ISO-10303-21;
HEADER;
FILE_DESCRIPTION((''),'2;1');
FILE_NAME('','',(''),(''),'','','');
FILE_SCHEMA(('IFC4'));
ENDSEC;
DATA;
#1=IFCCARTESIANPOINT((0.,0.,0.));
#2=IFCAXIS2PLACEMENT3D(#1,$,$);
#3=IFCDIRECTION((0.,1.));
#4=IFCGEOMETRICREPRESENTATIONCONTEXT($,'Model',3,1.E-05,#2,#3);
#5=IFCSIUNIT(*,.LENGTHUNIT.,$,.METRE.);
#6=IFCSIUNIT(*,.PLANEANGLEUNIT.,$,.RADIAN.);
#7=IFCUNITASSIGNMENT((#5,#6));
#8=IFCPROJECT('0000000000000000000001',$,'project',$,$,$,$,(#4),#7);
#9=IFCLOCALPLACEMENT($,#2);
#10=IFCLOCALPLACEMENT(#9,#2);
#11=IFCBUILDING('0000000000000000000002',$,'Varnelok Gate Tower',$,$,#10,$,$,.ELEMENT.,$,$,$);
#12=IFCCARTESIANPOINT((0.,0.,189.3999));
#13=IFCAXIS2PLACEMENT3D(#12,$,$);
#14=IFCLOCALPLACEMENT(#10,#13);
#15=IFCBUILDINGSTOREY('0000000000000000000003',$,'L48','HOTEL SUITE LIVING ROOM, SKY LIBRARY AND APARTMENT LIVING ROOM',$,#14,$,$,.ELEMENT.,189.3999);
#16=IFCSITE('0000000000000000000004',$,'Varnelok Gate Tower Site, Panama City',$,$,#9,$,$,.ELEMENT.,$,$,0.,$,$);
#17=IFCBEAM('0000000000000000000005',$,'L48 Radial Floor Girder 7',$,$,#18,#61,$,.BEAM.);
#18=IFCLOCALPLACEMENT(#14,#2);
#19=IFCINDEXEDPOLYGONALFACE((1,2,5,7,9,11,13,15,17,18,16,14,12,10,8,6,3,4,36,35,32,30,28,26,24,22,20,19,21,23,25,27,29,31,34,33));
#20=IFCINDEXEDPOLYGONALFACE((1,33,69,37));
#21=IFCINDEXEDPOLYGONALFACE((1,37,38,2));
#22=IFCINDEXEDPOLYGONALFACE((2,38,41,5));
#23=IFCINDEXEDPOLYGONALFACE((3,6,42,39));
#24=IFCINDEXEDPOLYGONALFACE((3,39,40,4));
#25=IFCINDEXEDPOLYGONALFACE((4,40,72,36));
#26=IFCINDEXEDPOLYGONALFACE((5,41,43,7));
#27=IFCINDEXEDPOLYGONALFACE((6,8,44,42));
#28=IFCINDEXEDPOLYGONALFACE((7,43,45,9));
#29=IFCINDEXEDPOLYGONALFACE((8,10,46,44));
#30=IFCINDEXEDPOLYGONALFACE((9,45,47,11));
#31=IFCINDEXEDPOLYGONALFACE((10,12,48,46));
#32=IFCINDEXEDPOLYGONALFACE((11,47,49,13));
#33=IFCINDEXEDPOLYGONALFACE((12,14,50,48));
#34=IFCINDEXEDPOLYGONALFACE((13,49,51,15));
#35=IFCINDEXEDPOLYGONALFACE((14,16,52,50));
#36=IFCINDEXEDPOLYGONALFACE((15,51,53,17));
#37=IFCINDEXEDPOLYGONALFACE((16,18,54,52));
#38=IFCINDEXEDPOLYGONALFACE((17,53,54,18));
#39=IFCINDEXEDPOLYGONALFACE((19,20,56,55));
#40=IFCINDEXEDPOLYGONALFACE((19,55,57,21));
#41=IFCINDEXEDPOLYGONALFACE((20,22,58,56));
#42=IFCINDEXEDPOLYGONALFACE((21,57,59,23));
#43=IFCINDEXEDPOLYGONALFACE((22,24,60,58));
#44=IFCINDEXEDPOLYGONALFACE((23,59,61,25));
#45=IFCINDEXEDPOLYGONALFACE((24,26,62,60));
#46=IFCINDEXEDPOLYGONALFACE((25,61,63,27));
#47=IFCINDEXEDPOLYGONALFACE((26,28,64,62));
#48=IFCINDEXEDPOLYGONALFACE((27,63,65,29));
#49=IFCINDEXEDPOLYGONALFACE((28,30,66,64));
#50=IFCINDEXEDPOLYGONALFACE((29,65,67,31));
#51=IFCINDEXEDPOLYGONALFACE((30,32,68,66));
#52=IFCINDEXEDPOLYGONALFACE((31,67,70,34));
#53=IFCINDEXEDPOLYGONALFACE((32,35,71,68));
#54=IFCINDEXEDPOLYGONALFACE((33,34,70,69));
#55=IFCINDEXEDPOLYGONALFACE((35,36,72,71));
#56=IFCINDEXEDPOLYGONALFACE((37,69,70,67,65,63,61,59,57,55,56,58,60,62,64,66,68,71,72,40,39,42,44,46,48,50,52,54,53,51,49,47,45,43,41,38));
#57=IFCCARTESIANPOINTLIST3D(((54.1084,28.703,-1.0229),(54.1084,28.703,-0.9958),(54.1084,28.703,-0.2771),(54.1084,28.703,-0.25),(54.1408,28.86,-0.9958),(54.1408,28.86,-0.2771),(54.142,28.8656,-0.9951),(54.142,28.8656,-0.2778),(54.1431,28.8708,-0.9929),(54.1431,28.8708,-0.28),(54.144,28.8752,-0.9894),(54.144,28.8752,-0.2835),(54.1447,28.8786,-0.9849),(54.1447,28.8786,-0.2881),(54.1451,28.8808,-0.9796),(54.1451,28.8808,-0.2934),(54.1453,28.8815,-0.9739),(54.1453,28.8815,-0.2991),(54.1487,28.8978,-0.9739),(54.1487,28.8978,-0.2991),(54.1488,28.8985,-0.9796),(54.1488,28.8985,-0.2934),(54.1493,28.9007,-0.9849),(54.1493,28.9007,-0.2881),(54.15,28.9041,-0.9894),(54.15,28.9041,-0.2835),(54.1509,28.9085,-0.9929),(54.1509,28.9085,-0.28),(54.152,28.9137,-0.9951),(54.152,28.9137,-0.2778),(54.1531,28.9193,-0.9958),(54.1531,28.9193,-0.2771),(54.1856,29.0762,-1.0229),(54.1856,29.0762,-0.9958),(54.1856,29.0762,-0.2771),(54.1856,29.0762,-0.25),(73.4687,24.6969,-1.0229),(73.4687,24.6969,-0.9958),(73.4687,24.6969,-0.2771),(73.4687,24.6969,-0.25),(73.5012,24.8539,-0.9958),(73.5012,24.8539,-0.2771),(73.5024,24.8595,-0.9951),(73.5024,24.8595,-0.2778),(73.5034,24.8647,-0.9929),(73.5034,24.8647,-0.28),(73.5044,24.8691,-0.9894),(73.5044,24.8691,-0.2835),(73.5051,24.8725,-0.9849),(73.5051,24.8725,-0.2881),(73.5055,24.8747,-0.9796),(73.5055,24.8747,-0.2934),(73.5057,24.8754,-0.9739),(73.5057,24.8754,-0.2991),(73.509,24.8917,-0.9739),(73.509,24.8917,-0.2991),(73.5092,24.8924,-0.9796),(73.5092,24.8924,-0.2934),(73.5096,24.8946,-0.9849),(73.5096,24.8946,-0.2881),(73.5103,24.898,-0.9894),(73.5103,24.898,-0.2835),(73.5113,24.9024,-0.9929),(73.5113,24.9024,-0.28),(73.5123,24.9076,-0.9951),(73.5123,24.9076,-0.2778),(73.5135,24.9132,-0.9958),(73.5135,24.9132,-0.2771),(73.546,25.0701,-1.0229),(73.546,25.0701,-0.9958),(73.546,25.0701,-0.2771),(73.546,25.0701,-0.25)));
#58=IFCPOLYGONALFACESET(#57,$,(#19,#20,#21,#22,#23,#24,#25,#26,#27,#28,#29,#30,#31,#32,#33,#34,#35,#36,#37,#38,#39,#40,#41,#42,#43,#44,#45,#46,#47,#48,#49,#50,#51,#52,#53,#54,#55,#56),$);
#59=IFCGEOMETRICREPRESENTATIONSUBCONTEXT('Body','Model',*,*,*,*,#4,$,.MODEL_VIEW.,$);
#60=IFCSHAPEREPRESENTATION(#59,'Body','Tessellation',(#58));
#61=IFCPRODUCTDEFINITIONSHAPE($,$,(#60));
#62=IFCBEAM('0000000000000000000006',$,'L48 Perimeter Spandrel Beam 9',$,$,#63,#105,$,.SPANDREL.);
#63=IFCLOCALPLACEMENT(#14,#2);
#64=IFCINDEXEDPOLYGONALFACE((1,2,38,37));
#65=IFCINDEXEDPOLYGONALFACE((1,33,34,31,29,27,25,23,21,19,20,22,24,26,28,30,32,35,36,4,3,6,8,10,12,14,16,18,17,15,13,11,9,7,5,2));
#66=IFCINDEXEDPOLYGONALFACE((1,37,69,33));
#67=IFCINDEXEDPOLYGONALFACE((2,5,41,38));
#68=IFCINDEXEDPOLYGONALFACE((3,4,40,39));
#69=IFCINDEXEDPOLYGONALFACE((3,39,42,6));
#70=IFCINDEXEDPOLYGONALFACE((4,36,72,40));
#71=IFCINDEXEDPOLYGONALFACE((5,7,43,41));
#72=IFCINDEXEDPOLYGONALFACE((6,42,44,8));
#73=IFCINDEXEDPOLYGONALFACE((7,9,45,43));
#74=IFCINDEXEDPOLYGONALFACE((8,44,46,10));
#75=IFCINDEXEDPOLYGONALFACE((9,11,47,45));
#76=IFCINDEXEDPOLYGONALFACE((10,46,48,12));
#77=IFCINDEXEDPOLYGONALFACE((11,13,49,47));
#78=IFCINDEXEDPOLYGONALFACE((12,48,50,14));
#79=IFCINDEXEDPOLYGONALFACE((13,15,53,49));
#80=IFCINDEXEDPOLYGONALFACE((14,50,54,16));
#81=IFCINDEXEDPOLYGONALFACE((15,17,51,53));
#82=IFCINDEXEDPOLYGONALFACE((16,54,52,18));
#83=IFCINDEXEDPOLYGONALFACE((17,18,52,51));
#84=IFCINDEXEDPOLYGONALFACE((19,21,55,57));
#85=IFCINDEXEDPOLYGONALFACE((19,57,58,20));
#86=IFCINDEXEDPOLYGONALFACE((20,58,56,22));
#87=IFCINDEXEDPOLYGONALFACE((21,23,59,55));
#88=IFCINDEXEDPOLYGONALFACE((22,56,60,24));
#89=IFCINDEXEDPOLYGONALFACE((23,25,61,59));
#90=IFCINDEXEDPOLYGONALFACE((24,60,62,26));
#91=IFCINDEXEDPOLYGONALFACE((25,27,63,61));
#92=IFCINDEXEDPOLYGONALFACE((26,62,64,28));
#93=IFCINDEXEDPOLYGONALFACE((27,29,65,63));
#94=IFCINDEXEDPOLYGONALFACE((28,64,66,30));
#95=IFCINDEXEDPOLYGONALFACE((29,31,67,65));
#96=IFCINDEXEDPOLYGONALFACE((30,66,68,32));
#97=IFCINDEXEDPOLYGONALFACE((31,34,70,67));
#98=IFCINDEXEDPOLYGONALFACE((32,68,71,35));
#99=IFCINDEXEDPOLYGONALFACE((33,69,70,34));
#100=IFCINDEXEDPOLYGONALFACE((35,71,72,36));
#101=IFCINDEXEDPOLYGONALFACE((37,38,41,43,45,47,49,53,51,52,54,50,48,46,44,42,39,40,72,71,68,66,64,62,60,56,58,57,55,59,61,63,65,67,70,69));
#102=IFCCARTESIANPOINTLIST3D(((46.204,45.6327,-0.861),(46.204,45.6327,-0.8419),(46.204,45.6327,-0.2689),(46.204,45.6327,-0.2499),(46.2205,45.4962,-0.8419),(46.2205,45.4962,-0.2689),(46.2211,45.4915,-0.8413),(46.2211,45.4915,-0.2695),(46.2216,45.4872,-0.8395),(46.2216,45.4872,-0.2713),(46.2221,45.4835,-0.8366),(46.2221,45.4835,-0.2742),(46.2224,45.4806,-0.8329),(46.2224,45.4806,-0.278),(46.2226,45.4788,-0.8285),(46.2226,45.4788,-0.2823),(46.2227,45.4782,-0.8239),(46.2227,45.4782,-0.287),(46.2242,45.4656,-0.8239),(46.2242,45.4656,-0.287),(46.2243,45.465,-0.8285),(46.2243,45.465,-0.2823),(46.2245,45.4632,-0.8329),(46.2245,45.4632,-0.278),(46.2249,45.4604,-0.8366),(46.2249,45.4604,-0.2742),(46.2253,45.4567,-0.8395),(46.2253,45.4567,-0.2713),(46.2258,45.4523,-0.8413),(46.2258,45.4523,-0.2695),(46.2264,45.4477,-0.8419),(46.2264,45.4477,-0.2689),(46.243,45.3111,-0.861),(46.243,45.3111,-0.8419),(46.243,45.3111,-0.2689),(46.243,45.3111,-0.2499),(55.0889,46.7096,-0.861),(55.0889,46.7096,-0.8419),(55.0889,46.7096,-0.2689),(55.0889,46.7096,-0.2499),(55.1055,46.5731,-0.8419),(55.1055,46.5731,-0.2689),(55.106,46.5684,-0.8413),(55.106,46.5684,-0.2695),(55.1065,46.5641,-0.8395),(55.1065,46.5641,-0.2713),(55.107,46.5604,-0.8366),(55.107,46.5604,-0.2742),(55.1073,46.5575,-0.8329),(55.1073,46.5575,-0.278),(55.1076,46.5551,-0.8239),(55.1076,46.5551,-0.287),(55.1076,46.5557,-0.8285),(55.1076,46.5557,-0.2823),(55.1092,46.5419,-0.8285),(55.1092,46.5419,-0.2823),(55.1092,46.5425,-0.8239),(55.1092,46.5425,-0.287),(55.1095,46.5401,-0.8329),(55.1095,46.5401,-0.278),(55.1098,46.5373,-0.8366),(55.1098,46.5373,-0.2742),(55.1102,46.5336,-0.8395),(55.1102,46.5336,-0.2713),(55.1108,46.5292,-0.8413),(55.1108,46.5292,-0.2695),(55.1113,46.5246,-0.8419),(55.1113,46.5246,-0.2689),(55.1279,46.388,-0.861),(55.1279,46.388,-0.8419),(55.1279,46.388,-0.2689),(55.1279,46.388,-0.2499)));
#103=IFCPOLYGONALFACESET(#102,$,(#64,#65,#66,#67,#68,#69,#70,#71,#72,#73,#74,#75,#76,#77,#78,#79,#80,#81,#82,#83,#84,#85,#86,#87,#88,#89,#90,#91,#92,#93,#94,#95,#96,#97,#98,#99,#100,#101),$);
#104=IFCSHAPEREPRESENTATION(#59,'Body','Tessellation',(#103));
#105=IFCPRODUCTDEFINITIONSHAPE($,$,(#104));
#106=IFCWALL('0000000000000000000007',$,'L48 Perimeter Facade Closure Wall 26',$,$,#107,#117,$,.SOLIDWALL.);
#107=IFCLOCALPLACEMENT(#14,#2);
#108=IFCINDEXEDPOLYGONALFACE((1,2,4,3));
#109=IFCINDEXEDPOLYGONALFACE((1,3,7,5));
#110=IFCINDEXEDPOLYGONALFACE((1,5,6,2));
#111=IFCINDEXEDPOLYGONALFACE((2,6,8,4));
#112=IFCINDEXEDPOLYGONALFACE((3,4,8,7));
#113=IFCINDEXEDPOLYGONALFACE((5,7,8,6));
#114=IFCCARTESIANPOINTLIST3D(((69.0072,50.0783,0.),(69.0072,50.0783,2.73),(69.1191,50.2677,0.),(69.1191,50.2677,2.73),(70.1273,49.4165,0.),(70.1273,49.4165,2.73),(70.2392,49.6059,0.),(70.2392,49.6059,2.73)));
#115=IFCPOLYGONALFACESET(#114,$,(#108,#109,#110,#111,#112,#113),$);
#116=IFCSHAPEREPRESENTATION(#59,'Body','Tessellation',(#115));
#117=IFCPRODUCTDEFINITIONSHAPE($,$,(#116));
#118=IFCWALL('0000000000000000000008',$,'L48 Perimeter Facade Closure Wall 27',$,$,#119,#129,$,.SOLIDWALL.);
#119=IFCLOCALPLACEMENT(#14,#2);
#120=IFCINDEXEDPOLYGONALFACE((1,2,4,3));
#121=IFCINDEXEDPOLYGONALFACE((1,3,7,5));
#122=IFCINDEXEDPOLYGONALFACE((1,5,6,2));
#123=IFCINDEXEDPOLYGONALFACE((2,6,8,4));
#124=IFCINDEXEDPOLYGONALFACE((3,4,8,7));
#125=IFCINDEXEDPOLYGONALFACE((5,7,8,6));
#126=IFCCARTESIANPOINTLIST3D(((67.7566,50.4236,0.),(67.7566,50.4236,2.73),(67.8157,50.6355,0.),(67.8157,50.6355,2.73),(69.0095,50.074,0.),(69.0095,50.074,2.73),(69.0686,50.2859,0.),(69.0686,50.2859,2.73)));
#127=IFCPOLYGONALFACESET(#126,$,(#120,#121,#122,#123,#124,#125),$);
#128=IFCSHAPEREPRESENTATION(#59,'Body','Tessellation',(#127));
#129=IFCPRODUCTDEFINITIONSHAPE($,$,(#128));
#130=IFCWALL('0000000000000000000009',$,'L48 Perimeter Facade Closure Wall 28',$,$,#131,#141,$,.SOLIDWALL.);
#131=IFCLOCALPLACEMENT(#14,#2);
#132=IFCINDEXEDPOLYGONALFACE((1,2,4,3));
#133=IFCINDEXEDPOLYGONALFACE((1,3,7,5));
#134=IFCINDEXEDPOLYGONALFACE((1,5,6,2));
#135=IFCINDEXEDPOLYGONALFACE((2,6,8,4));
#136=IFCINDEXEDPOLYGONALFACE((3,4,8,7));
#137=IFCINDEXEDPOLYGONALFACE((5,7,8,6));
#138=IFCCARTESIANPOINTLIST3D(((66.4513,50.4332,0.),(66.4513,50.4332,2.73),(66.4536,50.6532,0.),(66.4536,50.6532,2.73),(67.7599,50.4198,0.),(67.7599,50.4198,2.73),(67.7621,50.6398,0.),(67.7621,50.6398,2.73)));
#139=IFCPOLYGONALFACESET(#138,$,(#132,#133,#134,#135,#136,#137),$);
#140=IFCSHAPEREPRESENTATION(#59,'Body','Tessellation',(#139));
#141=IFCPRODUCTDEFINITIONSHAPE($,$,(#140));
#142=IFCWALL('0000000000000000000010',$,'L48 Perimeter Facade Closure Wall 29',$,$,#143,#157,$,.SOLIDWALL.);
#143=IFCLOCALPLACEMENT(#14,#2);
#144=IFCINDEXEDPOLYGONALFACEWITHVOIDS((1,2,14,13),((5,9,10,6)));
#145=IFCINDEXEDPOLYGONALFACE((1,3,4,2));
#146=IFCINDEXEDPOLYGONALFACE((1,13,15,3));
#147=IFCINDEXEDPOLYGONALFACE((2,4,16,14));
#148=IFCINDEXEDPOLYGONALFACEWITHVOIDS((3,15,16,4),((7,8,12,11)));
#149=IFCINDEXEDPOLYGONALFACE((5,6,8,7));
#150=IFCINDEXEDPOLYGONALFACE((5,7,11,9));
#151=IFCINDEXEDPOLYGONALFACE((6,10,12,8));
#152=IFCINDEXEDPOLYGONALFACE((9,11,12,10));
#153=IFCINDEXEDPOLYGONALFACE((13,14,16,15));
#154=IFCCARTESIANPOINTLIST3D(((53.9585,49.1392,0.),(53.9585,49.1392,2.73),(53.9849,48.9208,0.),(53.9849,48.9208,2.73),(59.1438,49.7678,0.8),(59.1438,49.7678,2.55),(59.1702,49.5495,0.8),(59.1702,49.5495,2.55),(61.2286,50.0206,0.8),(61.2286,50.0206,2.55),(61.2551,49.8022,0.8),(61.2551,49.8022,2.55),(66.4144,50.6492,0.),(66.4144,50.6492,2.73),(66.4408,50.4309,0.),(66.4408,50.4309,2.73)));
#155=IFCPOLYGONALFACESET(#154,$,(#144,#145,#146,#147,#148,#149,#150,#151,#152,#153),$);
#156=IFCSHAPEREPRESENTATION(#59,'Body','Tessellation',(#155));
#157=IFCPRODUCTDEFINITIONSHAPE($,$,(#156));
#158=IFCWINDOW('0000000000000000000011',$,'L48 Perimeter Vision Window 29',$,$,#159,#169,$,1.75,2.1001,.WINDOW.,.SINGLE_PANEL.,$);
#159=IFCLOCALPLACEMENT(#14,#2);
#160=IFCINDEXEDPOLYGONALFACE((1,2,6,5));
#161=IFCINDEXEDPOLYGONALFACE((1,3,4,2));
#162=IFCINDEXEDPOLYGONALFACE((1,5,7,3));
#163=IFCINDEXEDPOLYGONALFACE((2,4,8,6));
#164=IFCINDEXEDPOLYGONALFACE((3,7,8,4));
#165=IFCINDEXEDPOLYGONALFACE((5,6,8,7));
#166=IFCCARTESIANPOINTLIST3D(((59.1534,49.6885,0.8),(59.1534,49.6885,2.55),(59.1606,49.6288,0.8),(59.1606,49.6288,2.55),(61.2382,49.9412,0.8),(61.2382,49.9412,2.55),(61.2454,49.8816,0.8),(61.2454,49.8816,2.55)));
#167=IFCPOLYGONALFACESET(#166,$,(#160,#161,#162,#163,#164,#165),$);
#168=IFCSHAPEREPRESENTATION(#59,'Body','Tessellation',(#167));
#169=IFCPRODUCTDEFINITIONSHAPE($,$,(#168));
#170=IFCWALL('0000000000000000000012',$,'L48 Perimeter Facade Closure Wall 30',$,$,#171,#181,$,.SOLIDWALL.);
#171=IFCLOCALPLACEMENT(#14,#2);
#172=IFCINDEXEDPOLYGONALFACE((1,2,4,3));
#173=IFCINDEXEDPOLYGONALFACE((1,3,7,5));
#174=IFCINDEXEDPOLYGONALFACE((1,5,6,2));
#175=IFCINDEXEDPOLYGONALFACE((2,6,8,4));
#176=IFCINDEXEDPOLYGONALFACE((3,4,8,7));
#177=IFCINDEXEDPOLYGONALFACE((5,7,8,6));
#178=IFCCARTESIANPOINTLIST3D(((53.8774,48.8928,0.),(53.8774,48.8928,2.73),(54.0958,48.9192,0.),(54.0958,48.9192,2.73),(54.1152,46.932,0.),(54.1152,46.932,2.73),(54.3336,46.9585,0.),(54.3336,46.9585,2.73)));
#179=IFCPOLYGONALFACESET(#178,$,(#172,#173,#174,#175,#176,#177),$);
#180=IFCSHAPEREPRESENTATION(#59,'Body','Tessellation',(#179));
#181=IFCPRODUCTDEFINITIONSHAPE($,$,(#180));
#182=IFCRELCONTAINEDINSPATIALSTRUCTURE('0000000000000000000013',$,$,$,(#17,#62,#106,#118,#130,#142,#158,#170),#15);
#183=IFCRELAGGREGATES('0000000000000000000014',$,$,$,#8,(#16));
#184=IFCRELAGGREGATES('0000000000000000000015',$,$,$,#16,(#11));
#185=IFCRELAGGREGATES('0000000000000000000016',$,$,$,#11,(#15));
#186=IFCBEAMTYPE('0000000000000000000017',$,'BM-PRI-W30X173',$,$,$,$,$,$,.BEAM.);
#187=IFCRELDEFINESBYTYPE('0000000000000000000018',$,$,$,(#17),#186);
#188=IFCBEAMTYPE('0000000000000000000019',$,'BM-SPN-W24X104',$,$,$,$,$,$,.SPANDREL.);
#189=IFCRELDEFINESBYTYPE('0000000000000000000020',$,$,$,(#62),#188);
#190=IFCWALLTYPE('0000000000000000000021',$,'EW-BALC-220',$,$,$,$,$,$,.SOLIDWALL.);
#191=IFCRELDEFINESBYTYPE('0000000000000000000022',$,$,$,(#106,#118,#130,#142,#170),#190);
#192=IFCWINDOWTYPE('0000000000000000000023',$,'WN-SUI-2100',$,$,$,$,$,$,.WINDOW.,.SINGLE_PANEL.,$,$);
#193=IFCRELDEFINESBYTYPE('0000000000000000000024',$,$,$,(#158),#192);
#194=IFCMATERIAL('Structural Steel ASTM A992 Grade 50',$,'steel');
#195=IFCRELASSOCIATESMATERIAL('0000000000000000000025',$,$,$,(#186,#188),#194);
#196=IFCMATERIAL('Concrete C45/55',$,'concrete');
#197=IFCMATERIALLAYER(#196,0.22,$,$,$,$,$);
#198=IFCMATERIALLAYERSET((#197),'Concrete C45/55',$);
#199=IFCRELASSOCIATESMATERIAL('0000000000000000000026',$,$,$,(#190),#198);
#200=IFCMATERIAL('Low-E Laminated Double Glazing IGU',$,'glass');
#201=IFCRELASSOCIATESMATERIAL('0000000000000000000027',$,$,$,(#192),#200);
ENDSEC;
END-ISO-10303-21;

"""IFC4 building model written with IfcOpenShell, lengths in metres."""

from ifc_helpers import new_model, si_unit, direction, frame, frame_2d, origin, origin_2d, place, context, subcontext, project, spatial, rectangle, i_section, extrude, material, layer, layer_set, material_profile, profile_set, type_object, element, fill, save


model = new_model("IFC4")

# Units and contexts
model_context = context("Model", 3, precision=1e-05, world=origin(), true_north=direction((0.0, 1.0)))
body_context = subcontext(model_context, "Body", "Model", "MODEL_VIEW")
ifc_project = project(units=[si_unit("LENGTHUNIT", "METRE"), si_unit("PLANEANGLEUNIT", "RADIAN")], contexts=[model_context])

# Site, building, storey
site_placement = place(None, origin())
site = spatial("IfcSite", under=ifc_project, at=site_placement, Name="Varnelok Gate Tower Site, Panama City", CompositionType="ELEMENT", RefElevation=0.0)
building_placement = place(site_placement, origin())
building = spatial("IfcBuilding", under=site, at=building_placement, Name="Varnelok Gate Tower", CompositionType="ELEMENT")
storey_placement = place(building_placement, frame((0.0, 0.0, 189.3999)))
storey = spatial("IfcBuildingStorey", under=building, at=storey_placement, Name="L48", Description="HOTEL SUITE LIVING ROOM, SKY LIBRARY AND APARTMENT LIVING ROOM", CompositionType="ELEMENT", Elevation=189.3999)

# Shared definitions
ifc_material_1 = material(Name="Structural Steel ASTM A992 Grade 50", Category="steel")

# Beams
ifc_material_profile_1 = material_profile(ifc_material_1, i_section(OverallWidth=0.3811, OverallDepth=0.7729, WebThickness=0.0166, FlangeThickness=0.0271, FilletRadius=0.022, at=origin_2d()), Name="W30X173")
ifc_profile_set_1 = profile_set([ifc_material_profile_1], Name="Structural Steel ASTM A992 Grade 50")
beam_type_1 = type_object("IfcBeamType", Name="BM-PRI-W30X173", PredefinedType="BEAM", material=ifc_profile_set_1)
beam_1_placement = place(storey_placement, frame((54.147, 28.8896, -0.6365), z_axis=(0.979255, -0.202631, 0.0), x_axis=(0.202631, 0.979255, 0.0)))
element("IfcBeam", 1, at=beam_1_placement, inside=storey, type_object=beam_type_1, Name="L48 Radial Floor Girder 7", PredefinedType="BEAM", context=body_context, shape_type="SweptSolid", body=[
    extrude(i_section(OverallWidth=0.3811, OverallDepth=0.7729, WebThickness=0.0166, FlangeThickness=0.0271, FilletRadius=0.022, at=origin_2d()), origin(), (0.0, 0.0, 1.0), 19.7705),
])
ifc_material_profile_2 = material_profile(ifc_material_1, i_section(OverallWidth=0.324, OverallDepth=0.6111, WebThickness=0.0127, FlangeThickness=0.019, FilletRadius=0.0181, at=origin_2d()), Name="W24X104")
ifc_profile_set_2 = profile_set([ifc_material_profile_2], Name="Structural Steel ASTM A992 Grade 50")
beam_type_2 = type_object("IfcBeamType", Name="BM-SPN-W24X104", PredefinedType="SPANDREL", material=ifc_profile_set_2)
beam_2_placement = place(storey_placement, frame((55.1084, 46.5488, -0.5554), z_axis=(-0.992735, -0.120324, 0.0), x_axis=(0.120324, -0.992735, 0.0)))
element("IfcBeam", 2, at=beam_2_placement, inside=storey, type_object=beam_type_2, Name="L48 Perimeter Spandrel Beam 9", PredefinedType="SPANDREL", context=body_context, shape_type="SweptSolid", body=[
    extrude(i_section(OverallWidth=0.324, OverallDepth=0.6111, WebThickness=0.0127, FlangeThickness=0.019, FilletRadius=0.0181, at=origin_2d()), origin(), (0.0, 0.0, 1.0), 8.95),
])

# Walls
ifc_material_2 = material(Name="Concrete C45/55", Category="concrete")
ifc_layer_1 = layer(ifc_material_2, 0.22)
ifc_layer_set_1 = layer_set([ifc_layer_1], Name="Concrete C45/55")
wall_type_1 = type_object("IfcWallType", Name="EW-BALC-220", PredefinedType="SOLIDWALL", material=ifc_layer_set_1)
wall_1_placement = place(storey_placement, frame((70.1831, 49.5112, 0.0), z_axis=(0.0, 0.0, 1.0), x_axis=(-0.860934, 0.508717, 0.0)))
element("IfcWall", 3, at=wall_1_placement, inside=storey, type_object=wall_type_1, Name="L48 Perimeter Facade Closure Wall 26", PredefinedType="SOLIDWALL", context=body_context, shape_type="SweptSolid", body=[
    extrude(rectangle(XDim=1.301, YDim=0.22, at=frame_2d((0.6504, 0.0))), origin(), (0.0, 0.0, 1.0), 2.73),
])
wall_2_placement = place(storey_placement, frame((69.0391, 50.1799, 0.0), z_axis=(0.0, 0.0, 1.0), x_axis=(-0.963205, 0.268767, 0.0)))
element("IfcWall", 4, at=wall_2_placement, inside=storey, type_object=wall_type_1, Name="L48 Perimeter Facade Closure Wall 27", PredefinedType="SOLIDWALL", context=body_context, shape_type="SweptSolid", body=[
    extrude(rectangle(XDim=1.3008, YDim=0.22, at=frame_2d((0.6504, 0.0))), origin(), (0.0, 0.0, 1.0), 2.73),
])
wall_3_placement = place(storey_placement, frame((67.761, 50.5298, 0.0), z_axis=(0.0, 0.0, 1.0), x_axis=(-0.999947, 0.010261, 0.0)))
element("IfcWall", 5, at=wall_3_placement, inside=storey, type_object=wall_type_1, Name="L48 Perimeter Facade Closure Wall 28", PredefinedType="SOLIDWALL", context=body_context, shape_type="SweptSolid", body=[
    extrude(rectangle(XDim=1.3086, YDim=0.22, at=frame_2d((0.6543, 0.0))), origin(), (0.0, 0.0, 1.0), 2.73),
])

# Wall, opening, window
wall_4_placement = place(storey_placement, frame((66.4275, 50.54, 0.0), z_axis=(0.0, 0.0, 1.0), x_axis=(-0.992732, -0.120348, 0.0)))
wall_4 = element("IfcWall", 6, at=wall_4_placement, inside=storey, type_object=wall_type_1, Name="L48 Perimeter Facade Closure Wall 29", PredefinedType="SOLIDWALL", context=body_context, shape_type="SweptSolid", body=[
    extrude(rectangle(XDim=12.5471, YDim=0.22, at=frame_2d((6.2734, 0.0))), origin(), (0.0, 0.0, 1.0), 2.73),
])
opening_1_placement = place(wall_4_placement, frame((5.2236, 0.0, 0.8)))
opening_1 = element("IfcOpeningElement", 7, at=opening_1_placement, cuts=wall_4, PredefinedType="OPENING", context=body_context, shape_type="SweptSolid", body=[
    extrude(rectangle(XDim=2.1001, YDim=1.75, at=frame_2d((1.05, 0.875))), frame((0.0, 0.1199, 0.0), z_axis=(0.0, -1.0, 0.0), x_axis=(1.0, 0.0, 0.0)), (0.0, 0.0, 1.0), 0.24),
])
ifc_material_3 = material(Name="Low-E Laminated Double Glazing IGU", Category="glass")
window_type = type_object("IfcWindowType", Name="WN-SUI-2100", PartitioningType="SINGLE_PANEL", PredefinedType="WINDOW", material=ifc_material_3)
window_placement = place(opening_1_placement, origin())
window = element("IfcWindow", 8, at=window_placement, inside=storey, type_object=window_type, Name="L48 Perimeter Vision Window 29", OverallHeight=1.75, OverallWidth=2.1001, PartitioningType="SINGLE_PANEL", PredefinedType="WINDOW", context=body_context, shape_type="SweptSolid", body=[
    extrude(rectangle(XDim=2.1001, YDim=1.75, at=frame_2d((1.05, 0.875))), frame((0.0, 0.03, 0.0), z_axis=(0.0, -1.0, 0.0), x_axis=(1.0, 0.0, 0.0)), (0.0, 0.0, 1.0), 0.0601),
])
fill(opening_1, window)

# Wall
wall_5_placement = place(storey_placement, frame((53.9866, 48.906, 0.0), z_axis=(0.0, 0.0, 1.0), x_axis=(0.120398, -0.992726, 0.0)))
element("IfcWall", 9, at=wall_5_placement, inside=storey, type_object=wall_type_1, Name="L48 Perimeter Facade Closure Wall 30", PredefinedType="SOLIDWALL", context=body_context, shape_type="SweptSolid", body=[
    extrude(rectangle(XDim=1.9751, YDim=0.22, at=frame_2d((0.9875, 0.0))), origin(), (0.0, 0.0, 1.0), 2.73),
])

save(model, "model.ifc")
